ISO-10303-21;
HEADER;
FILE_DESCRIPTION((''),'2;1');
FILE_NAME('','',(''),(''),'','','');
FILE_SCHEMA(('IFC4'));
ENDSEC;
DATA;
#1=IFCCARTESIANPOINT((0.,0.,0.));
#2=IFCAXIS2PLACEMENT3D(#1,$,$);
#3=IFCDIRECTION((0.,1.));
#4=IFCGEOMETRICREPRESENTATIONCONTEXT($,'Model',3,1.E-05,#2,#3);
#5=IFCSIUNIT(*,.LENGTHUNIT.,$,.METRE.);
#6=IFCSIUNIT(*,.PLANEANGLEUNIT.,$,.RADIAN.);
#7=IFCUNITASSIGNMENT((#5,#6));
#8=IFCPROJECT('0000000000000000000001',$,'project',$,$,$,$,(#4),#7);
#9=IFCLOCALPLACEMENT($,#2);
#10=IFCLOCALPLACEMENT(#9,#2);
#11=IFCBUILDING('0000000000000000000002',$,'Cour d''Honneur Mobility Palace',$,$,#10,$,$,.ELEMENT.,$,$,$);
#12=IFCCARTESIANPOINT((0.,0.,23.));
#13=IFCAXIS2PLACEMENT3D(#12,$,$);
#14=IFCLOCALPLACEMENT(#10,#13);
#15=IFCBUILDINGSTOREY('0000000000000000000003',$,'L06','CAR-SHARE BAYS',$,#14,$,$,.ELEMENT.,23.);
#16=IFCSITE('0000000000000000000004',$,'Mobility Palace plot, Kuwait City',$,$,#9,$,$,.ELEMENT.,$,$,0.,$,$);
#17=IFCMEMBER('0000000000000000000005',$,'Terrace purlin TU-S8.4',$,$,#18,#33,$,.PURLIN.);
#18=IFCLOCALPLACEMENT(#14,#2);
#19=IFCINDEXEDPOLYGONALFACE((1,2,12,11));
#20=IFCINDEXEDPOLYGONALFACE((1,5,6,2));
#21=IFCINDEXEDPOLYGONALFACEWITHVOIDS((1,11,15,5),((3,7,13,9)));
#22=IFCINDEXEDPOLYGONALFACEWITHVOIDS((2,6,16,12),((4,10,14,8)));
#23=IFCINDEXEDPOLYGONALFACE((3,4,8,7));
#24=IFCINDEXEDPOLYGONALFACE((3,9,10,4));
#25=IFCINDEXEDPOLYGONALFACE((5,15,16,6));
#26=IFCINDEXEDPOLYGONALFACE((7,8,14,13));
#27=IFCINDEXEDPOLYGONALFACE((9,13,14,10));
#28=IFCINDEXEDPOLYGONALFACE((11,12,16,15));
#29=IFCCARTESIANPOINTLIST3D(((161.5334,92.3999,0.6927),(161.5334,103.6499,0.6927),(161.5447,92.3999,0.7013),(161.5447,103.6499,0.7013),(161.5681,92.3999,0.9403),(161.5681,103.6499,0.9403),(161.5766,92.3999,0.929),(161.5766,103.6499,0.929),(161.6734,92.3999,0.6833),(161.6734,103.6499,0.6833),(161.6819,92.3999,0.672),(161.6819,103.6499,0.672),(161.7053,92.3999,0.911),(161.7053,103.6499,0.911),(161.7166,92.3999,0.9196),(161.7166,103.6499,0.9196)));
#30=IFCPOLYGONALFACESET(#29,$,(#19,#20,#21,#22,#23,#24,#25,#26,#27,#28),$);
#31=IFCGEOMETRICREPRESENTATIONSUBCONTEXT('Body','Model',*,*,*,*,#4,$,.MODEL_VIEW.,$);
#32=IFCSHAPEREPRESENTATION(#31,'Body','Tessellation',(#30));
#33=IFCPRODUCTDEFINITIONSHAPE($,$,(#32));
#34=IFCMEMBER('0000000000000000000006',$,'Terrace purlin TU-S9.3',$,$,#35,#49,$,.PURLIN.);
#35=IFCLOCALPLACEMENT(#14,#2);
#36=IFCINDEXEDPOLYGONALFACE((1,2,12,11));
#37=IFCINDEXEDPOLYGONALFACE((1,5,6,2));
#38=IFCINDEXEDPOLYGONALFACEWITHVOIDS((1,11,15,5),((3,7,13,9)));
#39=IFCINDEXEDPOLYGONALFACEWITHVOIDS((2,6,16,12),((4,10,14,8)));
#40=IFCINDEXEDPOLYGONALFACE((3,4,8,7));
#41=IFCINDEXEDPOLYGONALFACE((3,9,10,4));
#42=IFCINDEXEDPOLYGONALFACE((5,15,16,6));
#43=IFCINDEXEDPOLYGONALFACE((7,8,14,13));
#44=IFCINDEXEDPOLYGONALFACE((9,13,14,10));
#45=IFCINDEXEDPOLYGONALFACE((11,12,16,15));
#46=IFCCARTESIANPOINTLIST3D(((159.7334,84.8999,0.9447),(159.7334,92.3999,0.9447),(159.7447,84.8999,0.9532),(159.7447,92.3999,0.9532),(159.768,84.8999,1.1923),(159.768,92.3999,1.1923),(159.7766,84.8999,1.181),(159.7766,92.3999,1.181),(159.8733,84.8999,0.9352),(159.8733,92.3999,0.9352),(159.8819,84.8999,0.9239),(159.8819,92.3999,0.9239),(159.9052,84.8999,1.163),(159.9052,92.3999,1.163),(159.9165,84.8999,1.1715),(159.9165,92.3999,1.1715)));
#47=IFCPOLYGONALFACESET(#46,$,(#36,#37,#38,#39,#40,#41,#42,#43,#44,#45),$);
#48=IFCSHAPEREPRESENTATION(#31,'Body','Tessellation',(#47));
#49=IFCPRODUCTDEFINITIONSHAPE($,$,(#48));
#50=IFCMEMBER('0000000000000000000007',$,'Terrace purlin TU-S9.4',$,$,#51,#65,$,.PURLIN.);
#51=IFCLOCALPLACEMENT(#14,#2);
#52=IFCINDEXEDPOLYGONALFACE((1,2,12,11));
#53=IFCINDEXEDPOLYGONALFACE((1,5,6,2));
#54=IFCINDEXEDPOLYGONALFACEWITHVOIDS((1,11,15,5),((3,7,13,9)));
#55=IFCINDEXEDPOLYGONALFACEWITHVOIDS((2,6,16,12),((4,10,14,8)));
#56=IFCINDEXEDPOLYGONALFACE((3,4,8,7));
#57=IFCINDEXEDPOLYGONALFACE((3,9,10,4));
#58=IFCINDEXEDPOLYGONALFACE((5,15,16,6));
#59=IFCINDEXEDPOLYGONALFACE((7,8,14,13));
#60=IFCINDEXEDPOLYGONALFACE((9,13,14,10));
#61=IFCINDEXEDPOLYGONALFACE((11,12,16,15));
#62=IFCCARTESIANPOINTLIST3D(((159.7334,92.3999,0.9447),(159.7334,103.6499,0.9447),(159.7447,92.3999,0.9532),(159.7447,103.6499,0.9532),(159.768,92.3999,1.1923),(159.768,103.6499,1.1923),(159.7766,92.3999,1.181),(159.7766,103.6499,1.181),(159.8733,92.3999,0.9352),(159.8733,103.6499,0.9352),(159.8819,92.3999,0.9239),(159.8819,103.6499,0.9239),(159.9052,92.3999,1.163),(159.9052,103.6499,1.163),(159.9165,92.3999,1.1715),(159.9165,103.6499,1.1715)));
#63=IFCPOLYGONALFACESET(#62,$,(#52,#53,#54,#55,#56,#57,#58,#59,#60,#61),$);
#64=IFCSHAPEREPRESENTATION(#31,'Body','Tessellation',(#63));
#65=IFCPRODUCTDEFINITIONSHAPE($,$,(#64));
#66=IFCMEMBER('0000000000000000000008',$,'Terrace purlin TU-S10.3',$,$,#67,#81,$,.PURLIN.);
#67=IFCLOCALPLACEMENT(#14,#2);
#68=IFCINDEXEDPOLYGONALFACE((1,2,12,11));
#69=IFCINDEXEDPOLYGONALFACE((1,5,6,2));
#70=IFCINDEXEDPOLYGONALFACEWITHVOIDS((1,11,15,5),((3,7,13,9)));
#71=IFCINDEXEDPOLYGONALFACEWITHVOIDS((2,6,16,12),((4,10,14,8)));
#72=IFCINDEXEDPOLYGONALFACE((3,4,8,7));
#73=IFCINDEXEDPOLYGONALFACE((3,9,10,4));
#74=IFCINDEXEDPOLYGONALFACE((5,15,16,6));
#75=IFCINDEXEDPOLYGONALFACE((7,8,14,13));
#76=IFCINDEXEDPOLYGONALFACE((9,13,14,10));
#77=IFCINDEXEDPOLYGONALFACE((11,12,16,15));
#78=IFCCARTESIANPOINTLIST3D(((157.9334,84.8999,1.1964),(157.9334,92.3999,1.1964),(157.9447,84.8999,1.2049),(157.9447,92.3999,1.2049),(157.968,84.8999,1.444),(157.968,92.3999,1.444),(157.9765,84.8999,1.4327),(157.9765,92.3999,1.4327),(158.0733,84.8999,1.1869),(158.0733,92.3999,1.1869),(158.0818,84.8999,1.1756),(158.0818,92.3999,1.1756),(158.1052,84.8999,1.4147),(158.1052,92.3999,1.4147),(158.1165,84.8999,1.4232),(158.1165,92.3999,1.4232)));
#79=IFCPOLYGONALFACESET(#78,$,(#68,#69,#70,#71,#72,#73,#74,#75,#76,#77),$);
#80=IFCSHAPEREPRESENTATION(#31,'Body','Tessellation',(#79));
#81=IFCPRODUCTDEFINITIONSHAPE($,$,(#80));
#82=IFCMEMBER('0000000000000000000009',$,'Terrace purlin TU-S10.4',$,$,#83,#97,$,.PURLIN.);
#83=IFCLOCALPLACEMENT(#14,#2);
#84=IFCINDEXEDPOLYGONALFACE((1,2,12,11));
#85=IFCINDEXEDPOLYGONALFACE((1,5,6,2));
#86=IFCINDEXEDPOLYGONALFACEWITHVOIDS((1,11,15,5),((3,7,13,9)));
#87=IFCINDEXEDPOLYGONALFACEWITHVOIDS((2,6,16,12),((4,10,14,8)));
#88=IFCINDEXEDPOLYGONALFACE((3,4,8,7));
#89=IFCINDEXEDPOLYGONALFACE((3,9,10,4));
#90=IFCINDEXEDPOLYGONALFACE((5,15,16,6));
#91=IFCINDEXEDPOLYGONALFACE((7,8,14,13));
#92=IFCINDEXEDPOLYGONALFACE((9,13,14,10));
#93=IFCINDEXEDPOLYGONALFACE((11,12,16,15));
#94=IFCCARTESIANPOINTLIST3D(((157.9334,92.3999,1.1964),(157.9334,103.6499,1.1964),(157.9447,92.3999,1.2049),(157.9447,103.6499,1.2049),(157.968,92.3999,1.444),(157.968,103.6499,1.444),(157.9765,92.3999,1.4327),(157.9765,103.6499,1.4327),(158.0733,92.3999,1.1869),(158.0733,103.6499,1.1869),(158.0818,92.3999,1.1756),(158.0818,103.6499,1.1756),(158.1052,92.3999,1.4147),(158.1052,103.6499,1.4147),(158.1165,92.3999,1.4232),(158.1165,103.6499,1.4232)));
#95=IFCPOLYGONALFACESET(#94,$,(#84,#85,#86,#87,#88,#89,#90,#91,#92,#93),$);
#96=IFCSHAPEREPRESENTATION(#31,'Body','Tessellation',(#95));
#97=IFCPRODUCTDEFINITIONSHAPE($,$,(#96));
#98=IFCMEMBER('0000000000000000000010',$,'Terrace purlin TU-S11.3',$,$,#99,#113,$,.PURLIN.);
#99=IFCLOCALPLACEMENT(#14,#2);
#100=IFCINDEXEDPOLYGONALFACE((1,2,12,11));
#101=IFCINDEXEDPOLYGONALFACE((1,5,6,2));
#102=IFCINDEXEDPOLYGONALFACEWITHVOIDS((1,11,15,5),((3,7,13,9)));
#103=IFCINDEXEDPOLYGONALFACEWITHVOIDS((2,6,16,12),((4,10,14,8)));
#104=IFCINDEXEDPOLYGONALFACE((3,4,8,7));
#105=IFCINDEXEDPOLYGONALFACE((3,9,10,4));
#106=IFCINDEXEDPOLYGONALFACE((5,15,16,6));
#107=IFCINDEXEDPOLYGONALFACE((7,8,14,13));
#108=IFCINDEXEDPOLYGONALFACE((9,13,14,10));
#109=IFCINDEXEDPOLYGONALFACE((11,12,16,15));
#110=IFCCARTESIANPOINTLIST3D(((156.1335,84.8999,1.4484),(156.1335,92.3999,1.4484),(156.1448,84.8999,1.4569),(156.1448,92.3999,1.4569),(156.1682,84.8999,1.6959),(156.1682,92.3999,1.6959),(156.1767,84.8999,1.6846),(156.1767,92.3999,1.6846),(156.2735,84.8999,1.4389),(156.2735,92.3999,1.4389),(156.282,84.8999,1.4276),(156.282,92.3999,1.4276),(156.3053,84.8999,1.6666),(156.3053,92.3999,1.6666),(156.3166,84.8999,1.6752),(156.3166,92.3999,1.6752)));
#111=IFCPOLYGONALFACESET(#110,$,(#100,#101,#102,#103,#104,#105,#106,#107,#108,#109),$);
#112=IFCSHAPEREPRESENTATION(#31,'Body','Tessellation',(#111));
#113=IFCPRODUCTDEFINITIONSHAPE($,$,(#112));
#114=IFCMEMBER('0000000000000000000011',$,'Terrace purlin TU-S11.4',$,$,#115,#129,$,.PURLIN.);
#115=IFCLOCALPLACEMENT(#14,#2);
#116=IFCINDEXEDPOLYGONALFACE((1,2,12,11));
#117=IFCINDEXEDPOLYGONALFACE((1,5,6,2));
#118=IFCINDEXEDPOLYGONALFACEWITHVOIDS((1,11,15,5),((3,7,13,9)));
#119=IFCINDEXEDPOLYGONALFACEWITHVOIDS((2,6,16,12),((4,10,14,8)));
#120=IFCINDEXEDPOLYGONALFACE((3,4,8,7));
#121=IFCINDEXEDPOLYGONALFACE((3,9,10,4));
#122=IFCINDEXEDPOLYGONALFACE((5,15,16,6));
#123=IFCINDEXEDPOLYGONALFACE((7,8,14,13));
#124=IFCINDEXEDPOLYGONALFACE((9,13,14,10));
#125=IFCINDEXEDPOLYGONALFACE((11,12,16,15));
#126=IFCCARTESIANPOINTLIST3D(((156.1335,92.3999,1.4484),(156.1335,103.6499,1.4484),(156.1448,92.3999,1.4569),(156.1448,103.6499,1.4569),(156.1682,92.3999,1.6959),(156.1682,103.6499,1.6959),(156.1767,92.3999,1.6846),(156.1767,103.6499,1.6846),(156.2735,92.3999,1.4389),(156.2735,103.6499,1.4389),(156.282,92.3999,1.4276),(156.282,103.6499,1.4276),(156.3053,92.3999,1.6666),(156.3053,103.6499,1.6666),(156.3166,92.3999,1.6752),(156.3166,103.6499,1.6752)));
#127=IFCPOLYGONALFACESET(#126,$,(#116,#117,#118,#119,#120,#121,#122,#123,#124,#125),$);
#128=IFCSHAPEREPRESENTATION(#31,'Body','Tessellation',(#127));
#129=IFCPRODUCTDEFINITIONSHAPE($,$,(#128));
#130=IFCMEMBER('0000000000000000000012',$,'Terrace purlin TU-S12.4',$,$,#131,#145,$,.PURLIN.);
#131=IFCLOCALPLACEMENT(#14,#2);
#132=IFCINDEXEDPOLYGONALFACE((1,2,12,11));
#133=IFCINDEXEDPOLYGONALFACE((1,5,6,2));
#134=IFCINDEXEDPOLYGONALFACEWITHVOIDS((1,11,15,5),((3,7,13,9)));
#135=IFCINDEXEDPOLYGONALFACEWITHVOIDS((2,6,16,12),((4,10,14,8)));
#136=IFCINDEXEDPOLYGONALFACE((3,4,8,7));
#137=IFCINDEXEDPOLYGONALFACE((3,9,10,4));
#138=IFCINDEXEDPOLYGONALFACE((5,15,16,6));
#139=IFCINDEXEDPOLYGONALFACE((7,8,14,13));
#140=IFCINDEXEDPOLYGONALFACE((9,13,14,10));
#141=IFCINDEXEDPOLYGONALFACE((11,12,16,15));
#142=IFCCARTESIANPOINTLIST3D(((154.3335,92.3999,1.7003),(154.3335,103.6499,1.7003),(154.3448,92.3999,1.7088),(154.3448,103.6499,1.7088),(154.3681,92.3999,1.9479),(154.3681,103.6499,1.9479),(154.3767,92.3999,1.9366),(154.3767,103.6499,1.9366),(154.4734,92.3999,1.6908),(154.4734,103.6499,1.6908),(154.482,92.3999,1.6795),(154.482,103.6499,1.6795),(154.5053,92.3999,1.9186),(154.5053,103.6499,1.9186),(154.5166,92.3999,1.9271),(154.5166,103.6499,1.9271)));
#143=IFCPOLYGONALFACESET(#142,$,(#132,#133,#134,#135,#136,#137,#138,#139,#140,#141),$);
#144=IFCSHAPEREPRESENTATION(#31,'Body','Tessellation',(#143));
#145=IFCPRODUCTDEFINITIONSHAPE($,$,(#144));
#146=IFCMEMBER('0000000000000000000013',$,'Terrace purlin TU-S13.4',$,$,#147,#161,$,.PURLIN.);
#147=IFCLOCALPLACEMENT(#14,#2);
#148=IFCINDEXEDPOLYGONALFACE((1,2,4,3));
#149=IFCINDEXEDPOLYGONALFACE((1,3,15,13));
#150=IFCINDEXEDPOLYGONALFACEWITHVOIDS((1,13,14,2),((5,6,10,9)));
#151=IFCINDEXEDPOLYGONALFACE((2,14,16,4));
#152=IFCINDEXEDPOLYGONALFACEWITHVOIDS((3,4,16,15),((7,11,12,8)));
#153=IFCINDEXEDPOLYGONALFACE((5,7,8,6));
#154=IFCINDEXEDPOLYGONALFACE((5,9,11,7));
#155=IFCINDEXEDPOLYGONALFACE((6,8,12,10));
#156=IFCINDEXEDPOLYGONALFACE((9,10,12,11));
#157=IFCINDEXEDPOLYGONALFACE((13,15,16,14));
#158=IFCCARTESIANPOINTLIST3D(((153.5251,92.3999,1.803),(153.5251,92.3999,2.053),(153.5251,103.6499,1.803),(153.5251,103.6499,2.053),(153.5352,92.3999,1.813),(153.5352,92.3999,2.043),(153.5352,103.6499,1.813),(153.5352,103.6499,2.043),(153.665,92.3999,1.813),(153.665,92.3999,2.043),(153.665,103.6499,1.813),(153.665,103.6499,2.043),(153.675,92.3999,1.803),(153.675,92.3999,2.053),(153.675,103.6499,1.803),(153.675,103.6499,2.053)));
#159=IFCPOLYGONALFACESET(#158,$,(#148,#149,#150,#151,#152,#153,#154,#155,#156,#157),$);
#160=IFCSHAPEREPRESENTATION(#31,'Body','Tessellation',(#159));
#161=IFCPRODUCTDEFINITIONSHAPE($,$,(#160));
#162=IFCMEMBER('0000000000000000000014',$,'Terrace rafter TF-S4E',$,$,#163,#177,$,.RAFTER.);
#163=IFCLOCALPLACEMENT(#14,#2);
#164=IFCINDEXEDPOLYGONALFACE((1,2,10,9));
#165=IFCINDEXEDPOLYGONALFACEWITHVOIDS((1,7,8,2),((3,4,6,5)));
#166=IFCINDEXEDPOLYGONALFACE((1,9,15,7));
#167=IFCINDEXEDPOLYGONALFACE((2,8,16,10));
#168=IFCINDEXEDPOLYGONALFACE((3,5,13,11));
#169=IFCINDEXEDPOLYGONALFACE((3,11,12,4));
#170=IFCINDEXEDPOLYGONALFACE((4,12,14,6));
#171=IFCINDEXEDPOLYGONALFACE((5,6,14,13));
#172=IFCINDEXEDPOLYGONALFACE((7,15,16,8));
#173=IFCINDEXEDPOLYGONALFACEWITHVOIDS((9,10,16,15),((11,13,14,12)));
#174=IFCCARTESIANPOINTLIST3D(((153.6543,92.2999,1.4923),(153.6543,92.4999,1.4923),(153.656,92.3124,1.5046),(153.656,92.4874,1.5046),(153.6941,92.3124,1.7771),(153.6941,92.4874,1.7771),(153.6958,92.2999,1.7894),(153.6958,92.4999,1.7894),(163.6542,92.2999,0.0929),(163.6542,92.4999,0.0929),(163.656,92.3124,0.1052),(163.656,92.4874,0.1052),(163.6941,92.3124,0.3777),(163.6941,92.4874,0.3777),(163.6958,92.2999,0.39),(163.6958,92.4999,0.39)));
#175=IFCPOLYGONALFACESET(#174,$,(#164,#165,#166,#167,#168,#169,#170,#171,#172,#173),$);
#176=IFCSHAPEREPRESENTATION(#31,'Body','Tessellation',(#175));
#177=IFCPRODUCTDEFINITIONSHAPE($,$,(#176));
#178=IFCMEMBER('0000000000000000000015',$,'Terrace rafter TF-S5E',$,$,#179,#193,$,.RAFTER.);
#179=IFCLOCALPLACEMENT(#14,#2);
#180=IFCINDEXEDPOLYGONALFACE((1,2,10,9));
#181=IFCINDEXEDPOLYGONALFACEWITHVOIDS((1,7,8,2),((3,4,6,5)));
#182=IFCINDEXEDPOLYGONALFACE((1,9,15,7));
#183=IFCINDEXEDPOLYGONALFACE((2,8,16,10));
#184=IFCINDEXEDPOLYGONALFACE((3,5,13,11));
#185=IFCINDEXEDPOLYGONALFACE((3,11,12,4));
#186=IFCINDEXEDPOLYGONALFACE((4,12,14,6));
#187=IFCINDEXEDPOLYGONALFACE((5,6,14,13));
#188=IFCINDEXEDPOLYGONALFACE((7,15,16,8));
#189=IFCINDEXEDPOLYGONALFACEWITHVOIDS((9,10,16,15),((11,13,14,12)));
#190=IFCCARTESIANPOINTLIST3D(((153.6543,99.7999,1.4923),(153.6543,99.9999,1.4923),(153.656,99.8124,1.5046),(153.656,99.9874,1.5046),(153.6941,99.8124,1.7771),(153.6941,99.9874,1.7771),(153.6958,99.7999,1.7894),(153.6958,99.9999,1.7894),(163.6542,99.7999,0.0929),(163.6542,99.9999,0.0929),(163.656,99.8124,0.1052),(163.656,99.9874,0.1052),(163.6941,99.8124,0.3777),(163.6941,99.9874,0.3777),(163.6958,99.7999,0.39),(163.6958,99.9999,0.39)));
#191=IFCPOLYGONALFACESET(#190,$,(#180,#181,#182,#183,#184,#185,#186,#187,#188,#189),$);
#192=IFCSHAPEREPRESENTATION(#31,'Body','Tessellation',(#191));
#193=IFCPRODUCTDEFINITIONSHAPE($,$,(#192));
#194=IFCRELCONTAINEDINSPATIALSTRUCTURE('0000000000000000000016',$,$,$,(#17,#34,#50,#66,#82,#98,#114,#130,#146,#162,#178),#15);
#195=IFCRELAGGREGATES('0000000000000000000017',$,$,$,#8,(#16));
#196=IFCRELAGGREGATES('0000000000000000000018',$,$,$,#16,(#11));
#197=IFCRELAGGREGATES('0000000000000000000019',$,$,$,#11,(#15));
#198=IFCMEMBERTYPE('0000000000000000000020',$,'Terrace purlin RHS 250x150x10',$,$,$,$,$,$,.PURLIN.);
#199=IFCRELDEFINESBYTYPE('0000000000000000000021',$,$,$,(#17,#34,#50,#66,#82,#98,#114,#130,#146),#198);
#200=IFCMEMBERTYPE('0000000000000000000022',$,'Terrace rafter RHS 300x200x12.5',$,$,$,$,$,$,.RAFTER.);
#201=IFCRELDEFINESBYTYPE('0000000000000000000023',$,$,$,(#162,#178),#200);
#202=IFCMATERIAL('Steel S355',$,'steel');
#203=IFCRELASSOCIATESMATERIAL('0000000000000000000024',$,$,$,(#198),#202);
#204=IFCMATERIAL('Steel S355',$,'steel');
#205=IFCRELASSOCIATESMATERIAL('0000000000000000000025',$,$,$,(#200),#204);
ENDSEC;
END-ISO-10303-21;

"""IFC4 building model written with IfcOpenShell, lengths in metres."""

from ifc_helpers import new_model, si_unit, direction, frame, origin, origin_2d, place, context, subcontext, project, spatial, hollow_rectangle, extrude, material, material_profile, profile_set, type_object, element, save


model = new_model("IFC4")

# Units and contexts
model_context = context("Model", 3, precision=1e-05, world=origin(), true_north=direction((0.0, 1.0)))
body_context = subcontext(model_context, "Body", "Model", "MODEL_VIEW")
ifc_project = project(units=[si_unit("LENGTHUNIT", "METRE"), si_unit("PLANEANGLEUNIT", "RADIAN")], contexts=[model_context])

# Site, building, storey
site_placement = place(None, origin())
site = spatial("IfcSite", under=ifc_project, at=site_placement, Name="Mobility Palace plot, Kuwait City", CompositionType="ELEMENT", RefElevation=0.0)
building_placement = place(site_placement, origin())
building = spatial("IfcBuilding", under=site, at=building_placement, Name="Cour d'Honneur Mobility Palace", CompositionType="ELEMENT")
storey_placement = place(building_placement, frame((0.0, 0.0, 23.0)))
storey = spatial("IfcBuildingStorey", under=building, at=storey_placement, Name="L06", Description="CAR-SHARE BAYS", CompositionType="ELEMENT", Elevation=23.0)

# Members
ifc_material_1 = material(Name="Steel S355", Category="steel")
ifc_material_profile_1 = material_profile(ifc_material_1, hollow_rectangle(XDim=0.1499, YDim=0.25, WallThickness=0.01, at=origin_2d()), Name="RHS 250x150x10")
ifc_profile_set_1 = profile_set([ifc_material_profile_1], Name="Steel S355")
member_type_1 = type_object("IfcMemberType", Name="Terrace purlin RHS 250x150x10", PredefinedType="PURLIN", material=ifc_profile_set_1)
member_1_placement = place(storey_placement, frame((161.625, 92.3999, 0.8062), z_axis=(0.0, 1.0, 0.0), x_axis=(-0.99035, 0.0, 0.138591)))
element("IfcMember", 1, at=member_1_placement, inside=storey, type_object=member_type_1, Name="Terrace purlin TU-S8.4", PredefinedType="PURLIN", context=body_context, shape_type="SweptSolid", body=[
    extrude(hollow_rectangle(XDim=0.1499, YDim=0.25, WallThickness=0.01, at=origin_2d()), origin(), (0.0, 0.0, 1.0), 11.25),
])
member_2_placement = place(storey_placement, frame((159.825, 84.8999, 1.0581), z_axis=(0.0, 1.0, 0.0), x_axis=(-0.99035, 0.0, 0.138591)))
element("IfcMember", 2, at=member_2_placement, inside=storey, type_object=member_type_1, Name="Terrace purlin TU-S9.3", PredefinedType="PURLIN", context=body_context, shape_type="SweptSolid", body=[
    extrude(hollow_rectangle(XDim=0.1499, YDim=0.25, WallThickness=0.01, at=origin_2d()), origin(), (0.0, 0.0, 1.0), 7.5),
])
member_3_placement = place(storey_placement, frame((159.825, 92.3999, 1.0581), z_axis=(0.0, 1.0, 0.0), x_axis=(-0.99035, 0.0, 0.138591)))
element("IfcMember", 3, at=member_3_placement, inside=storey, type_object=member_type_1, Name="Terrace purlin TU-S9.4", PredefinedType="PURLIN", context=body_context, shape_type="SweptSolid", body=[
    extrude(hollow_rectangle(XDim=0.1499, YDim=0.25, WallThickness=0.01, at=origin_2d()), origin(), (0.0, 0.0, 1.0), 11.25),
])
member_4_placement = place(storey_placement, frame((158.0249, 84.8999, 1.3098), z_axis=(0.0, 1.0, 0.0), x_axis=(-0.99035, 0.0, 0.138591)))
element("IfcMember", 4, at=member_4_placement, inside=storey, type_object=member_type_1, Name="Terrace purlin TU-S10.3", PredefinedType="PURLIN", context=body_context, shape_type="SweptSolid", body=[
    extrude(hollow_rectangle(XDim=0.1499, YDim=0.25, WallThickness=0.01, at=origin_2d()), origin(), (0.0, 0.0, 1.0), 7.5),
])
member_5_placement = place(storey_placement, frame((158.0249, 92.3999, 1.3098), z_axis=(0.0, 1.0, 0.0), x_axis=(-0.99035, 0.0, 0.138591)))
element("IfcMember", 5, at=member_5_placement, inside=storey, type_object=member_type_1, Name="Terrace purlin TU-S10.4", PredefinedType="PURLIN", context=body_context, shape_type="SweptSolid", body=[
    extrude(hollow_rectangle(XDim=0.1499, YDim=0.25, WallThickness=0.01, at=origin_2d()), origin(), (0.0, 0.0, 1.0), 11.25),
])
member_6_placement = place(storey_placement, frame((156.2251, 84.8999, 1.5618), z_axis=(0.0, 1.0, 0.0), x_axis=(-0.99035, 0.0, 0.138591)))
element("IfcMember", 6, at=member_6_placement, inside=storey, type_object=member_type_1, Name="Terrace purlin TU-S11.3", PredefinedType="PURLIN", context=body_context, shape_type="SweptSolid", body=[
    extrude(hollow_rectangle(XDim=0.1499, YDim=0.25, WallThickness=0.01, at=origin_2d()), origin(), (0.0, 0.0, 1.0), 7.5),
])
for number, where, z_axis, x_axis, name in (
    (7, (156.2251, 92.3999, 1.5618), (0.0, 1.0, 0.0), (-0.99035, 0.0, 0.138591), "Terrace purlin TU-S11.4"),
    (8, (154.425, 92.3999, 1.8137), (0.0, 1.0, 0.0), (-0.99035, 0.0, 0.138591), "Terrace purlin TU-S12.4"),
    (9, (153.6001, 92.3999, 1.928), (0.0, 1.0, 0.0), (-1.0, 0.0, 0.0), "Terrace purlin TU-S13.4"),
):
    element("IfcMember", number, at=place(storey_placement, frame(where, z_axis=z_axis, x_axis=x_axis)), inside=storey, type_object=member_type_1, Name=name, PredefinedType="PURLIN", context=body_context, shape_type="SweptSolid", body=[
        extrude(hollow_rectangle(XDim=0.1499, YDim=0.25, WallThickness=0.01, at=origin_2d()), origin(), (0.0, 0.0, 1.0), 11.25),
    ])
ifc_material_2 = material(Name="Steel S355", Category="steel")
ifc_material_profile_2 = material_profile(ifc_material_2, hollow_rectangle(XDim=0.2, YDim=0.3, WallThickness=0.0125, at=origin_2d()), Name="RHS 300x200x12.5")
ifc_profile_set_2 = profile_set([ifc_material_profile_2], Name="Steel S355")
member_type_2 = type_object("IfcMemberType", Name="Terrace rafter RHS 300x200x12.5", PredefinedType="RAFTER", material=ifc_profile_set_2)
for number, where, z_axis, x_axis, name in (
    (10, (153.675, 92.3999, 1.6409), (0.99035, 0.0, -0.138591), (0.0, 1.0, 0.0), "Terrace rafter TF-S4E"),
    (11, (153.675, 99.8999, 1.6409), (0.99035, 0.0, -0.138591), (0.0, 1.0, 0.0), "Terrace rafter TF-S5E"),
):
    element("IfcMember", number, at=place(storey_placement, frame(where, z_axis=z_axis, x_axis=x_axis)), inside=storey, type_object=member_type_2, Name=name, PredefinedType="RAFTER", context=body_context, shape_type="SweptSolid", body=[
        extrude(hollow_rectangle(XDim=0.2, YDim=0.3, WallThickness=0.0125, at=origin_2d()), origin(), (0.0, 0.0, 1.0), 10.0974),
    ])

save(model, "model.ifc")
